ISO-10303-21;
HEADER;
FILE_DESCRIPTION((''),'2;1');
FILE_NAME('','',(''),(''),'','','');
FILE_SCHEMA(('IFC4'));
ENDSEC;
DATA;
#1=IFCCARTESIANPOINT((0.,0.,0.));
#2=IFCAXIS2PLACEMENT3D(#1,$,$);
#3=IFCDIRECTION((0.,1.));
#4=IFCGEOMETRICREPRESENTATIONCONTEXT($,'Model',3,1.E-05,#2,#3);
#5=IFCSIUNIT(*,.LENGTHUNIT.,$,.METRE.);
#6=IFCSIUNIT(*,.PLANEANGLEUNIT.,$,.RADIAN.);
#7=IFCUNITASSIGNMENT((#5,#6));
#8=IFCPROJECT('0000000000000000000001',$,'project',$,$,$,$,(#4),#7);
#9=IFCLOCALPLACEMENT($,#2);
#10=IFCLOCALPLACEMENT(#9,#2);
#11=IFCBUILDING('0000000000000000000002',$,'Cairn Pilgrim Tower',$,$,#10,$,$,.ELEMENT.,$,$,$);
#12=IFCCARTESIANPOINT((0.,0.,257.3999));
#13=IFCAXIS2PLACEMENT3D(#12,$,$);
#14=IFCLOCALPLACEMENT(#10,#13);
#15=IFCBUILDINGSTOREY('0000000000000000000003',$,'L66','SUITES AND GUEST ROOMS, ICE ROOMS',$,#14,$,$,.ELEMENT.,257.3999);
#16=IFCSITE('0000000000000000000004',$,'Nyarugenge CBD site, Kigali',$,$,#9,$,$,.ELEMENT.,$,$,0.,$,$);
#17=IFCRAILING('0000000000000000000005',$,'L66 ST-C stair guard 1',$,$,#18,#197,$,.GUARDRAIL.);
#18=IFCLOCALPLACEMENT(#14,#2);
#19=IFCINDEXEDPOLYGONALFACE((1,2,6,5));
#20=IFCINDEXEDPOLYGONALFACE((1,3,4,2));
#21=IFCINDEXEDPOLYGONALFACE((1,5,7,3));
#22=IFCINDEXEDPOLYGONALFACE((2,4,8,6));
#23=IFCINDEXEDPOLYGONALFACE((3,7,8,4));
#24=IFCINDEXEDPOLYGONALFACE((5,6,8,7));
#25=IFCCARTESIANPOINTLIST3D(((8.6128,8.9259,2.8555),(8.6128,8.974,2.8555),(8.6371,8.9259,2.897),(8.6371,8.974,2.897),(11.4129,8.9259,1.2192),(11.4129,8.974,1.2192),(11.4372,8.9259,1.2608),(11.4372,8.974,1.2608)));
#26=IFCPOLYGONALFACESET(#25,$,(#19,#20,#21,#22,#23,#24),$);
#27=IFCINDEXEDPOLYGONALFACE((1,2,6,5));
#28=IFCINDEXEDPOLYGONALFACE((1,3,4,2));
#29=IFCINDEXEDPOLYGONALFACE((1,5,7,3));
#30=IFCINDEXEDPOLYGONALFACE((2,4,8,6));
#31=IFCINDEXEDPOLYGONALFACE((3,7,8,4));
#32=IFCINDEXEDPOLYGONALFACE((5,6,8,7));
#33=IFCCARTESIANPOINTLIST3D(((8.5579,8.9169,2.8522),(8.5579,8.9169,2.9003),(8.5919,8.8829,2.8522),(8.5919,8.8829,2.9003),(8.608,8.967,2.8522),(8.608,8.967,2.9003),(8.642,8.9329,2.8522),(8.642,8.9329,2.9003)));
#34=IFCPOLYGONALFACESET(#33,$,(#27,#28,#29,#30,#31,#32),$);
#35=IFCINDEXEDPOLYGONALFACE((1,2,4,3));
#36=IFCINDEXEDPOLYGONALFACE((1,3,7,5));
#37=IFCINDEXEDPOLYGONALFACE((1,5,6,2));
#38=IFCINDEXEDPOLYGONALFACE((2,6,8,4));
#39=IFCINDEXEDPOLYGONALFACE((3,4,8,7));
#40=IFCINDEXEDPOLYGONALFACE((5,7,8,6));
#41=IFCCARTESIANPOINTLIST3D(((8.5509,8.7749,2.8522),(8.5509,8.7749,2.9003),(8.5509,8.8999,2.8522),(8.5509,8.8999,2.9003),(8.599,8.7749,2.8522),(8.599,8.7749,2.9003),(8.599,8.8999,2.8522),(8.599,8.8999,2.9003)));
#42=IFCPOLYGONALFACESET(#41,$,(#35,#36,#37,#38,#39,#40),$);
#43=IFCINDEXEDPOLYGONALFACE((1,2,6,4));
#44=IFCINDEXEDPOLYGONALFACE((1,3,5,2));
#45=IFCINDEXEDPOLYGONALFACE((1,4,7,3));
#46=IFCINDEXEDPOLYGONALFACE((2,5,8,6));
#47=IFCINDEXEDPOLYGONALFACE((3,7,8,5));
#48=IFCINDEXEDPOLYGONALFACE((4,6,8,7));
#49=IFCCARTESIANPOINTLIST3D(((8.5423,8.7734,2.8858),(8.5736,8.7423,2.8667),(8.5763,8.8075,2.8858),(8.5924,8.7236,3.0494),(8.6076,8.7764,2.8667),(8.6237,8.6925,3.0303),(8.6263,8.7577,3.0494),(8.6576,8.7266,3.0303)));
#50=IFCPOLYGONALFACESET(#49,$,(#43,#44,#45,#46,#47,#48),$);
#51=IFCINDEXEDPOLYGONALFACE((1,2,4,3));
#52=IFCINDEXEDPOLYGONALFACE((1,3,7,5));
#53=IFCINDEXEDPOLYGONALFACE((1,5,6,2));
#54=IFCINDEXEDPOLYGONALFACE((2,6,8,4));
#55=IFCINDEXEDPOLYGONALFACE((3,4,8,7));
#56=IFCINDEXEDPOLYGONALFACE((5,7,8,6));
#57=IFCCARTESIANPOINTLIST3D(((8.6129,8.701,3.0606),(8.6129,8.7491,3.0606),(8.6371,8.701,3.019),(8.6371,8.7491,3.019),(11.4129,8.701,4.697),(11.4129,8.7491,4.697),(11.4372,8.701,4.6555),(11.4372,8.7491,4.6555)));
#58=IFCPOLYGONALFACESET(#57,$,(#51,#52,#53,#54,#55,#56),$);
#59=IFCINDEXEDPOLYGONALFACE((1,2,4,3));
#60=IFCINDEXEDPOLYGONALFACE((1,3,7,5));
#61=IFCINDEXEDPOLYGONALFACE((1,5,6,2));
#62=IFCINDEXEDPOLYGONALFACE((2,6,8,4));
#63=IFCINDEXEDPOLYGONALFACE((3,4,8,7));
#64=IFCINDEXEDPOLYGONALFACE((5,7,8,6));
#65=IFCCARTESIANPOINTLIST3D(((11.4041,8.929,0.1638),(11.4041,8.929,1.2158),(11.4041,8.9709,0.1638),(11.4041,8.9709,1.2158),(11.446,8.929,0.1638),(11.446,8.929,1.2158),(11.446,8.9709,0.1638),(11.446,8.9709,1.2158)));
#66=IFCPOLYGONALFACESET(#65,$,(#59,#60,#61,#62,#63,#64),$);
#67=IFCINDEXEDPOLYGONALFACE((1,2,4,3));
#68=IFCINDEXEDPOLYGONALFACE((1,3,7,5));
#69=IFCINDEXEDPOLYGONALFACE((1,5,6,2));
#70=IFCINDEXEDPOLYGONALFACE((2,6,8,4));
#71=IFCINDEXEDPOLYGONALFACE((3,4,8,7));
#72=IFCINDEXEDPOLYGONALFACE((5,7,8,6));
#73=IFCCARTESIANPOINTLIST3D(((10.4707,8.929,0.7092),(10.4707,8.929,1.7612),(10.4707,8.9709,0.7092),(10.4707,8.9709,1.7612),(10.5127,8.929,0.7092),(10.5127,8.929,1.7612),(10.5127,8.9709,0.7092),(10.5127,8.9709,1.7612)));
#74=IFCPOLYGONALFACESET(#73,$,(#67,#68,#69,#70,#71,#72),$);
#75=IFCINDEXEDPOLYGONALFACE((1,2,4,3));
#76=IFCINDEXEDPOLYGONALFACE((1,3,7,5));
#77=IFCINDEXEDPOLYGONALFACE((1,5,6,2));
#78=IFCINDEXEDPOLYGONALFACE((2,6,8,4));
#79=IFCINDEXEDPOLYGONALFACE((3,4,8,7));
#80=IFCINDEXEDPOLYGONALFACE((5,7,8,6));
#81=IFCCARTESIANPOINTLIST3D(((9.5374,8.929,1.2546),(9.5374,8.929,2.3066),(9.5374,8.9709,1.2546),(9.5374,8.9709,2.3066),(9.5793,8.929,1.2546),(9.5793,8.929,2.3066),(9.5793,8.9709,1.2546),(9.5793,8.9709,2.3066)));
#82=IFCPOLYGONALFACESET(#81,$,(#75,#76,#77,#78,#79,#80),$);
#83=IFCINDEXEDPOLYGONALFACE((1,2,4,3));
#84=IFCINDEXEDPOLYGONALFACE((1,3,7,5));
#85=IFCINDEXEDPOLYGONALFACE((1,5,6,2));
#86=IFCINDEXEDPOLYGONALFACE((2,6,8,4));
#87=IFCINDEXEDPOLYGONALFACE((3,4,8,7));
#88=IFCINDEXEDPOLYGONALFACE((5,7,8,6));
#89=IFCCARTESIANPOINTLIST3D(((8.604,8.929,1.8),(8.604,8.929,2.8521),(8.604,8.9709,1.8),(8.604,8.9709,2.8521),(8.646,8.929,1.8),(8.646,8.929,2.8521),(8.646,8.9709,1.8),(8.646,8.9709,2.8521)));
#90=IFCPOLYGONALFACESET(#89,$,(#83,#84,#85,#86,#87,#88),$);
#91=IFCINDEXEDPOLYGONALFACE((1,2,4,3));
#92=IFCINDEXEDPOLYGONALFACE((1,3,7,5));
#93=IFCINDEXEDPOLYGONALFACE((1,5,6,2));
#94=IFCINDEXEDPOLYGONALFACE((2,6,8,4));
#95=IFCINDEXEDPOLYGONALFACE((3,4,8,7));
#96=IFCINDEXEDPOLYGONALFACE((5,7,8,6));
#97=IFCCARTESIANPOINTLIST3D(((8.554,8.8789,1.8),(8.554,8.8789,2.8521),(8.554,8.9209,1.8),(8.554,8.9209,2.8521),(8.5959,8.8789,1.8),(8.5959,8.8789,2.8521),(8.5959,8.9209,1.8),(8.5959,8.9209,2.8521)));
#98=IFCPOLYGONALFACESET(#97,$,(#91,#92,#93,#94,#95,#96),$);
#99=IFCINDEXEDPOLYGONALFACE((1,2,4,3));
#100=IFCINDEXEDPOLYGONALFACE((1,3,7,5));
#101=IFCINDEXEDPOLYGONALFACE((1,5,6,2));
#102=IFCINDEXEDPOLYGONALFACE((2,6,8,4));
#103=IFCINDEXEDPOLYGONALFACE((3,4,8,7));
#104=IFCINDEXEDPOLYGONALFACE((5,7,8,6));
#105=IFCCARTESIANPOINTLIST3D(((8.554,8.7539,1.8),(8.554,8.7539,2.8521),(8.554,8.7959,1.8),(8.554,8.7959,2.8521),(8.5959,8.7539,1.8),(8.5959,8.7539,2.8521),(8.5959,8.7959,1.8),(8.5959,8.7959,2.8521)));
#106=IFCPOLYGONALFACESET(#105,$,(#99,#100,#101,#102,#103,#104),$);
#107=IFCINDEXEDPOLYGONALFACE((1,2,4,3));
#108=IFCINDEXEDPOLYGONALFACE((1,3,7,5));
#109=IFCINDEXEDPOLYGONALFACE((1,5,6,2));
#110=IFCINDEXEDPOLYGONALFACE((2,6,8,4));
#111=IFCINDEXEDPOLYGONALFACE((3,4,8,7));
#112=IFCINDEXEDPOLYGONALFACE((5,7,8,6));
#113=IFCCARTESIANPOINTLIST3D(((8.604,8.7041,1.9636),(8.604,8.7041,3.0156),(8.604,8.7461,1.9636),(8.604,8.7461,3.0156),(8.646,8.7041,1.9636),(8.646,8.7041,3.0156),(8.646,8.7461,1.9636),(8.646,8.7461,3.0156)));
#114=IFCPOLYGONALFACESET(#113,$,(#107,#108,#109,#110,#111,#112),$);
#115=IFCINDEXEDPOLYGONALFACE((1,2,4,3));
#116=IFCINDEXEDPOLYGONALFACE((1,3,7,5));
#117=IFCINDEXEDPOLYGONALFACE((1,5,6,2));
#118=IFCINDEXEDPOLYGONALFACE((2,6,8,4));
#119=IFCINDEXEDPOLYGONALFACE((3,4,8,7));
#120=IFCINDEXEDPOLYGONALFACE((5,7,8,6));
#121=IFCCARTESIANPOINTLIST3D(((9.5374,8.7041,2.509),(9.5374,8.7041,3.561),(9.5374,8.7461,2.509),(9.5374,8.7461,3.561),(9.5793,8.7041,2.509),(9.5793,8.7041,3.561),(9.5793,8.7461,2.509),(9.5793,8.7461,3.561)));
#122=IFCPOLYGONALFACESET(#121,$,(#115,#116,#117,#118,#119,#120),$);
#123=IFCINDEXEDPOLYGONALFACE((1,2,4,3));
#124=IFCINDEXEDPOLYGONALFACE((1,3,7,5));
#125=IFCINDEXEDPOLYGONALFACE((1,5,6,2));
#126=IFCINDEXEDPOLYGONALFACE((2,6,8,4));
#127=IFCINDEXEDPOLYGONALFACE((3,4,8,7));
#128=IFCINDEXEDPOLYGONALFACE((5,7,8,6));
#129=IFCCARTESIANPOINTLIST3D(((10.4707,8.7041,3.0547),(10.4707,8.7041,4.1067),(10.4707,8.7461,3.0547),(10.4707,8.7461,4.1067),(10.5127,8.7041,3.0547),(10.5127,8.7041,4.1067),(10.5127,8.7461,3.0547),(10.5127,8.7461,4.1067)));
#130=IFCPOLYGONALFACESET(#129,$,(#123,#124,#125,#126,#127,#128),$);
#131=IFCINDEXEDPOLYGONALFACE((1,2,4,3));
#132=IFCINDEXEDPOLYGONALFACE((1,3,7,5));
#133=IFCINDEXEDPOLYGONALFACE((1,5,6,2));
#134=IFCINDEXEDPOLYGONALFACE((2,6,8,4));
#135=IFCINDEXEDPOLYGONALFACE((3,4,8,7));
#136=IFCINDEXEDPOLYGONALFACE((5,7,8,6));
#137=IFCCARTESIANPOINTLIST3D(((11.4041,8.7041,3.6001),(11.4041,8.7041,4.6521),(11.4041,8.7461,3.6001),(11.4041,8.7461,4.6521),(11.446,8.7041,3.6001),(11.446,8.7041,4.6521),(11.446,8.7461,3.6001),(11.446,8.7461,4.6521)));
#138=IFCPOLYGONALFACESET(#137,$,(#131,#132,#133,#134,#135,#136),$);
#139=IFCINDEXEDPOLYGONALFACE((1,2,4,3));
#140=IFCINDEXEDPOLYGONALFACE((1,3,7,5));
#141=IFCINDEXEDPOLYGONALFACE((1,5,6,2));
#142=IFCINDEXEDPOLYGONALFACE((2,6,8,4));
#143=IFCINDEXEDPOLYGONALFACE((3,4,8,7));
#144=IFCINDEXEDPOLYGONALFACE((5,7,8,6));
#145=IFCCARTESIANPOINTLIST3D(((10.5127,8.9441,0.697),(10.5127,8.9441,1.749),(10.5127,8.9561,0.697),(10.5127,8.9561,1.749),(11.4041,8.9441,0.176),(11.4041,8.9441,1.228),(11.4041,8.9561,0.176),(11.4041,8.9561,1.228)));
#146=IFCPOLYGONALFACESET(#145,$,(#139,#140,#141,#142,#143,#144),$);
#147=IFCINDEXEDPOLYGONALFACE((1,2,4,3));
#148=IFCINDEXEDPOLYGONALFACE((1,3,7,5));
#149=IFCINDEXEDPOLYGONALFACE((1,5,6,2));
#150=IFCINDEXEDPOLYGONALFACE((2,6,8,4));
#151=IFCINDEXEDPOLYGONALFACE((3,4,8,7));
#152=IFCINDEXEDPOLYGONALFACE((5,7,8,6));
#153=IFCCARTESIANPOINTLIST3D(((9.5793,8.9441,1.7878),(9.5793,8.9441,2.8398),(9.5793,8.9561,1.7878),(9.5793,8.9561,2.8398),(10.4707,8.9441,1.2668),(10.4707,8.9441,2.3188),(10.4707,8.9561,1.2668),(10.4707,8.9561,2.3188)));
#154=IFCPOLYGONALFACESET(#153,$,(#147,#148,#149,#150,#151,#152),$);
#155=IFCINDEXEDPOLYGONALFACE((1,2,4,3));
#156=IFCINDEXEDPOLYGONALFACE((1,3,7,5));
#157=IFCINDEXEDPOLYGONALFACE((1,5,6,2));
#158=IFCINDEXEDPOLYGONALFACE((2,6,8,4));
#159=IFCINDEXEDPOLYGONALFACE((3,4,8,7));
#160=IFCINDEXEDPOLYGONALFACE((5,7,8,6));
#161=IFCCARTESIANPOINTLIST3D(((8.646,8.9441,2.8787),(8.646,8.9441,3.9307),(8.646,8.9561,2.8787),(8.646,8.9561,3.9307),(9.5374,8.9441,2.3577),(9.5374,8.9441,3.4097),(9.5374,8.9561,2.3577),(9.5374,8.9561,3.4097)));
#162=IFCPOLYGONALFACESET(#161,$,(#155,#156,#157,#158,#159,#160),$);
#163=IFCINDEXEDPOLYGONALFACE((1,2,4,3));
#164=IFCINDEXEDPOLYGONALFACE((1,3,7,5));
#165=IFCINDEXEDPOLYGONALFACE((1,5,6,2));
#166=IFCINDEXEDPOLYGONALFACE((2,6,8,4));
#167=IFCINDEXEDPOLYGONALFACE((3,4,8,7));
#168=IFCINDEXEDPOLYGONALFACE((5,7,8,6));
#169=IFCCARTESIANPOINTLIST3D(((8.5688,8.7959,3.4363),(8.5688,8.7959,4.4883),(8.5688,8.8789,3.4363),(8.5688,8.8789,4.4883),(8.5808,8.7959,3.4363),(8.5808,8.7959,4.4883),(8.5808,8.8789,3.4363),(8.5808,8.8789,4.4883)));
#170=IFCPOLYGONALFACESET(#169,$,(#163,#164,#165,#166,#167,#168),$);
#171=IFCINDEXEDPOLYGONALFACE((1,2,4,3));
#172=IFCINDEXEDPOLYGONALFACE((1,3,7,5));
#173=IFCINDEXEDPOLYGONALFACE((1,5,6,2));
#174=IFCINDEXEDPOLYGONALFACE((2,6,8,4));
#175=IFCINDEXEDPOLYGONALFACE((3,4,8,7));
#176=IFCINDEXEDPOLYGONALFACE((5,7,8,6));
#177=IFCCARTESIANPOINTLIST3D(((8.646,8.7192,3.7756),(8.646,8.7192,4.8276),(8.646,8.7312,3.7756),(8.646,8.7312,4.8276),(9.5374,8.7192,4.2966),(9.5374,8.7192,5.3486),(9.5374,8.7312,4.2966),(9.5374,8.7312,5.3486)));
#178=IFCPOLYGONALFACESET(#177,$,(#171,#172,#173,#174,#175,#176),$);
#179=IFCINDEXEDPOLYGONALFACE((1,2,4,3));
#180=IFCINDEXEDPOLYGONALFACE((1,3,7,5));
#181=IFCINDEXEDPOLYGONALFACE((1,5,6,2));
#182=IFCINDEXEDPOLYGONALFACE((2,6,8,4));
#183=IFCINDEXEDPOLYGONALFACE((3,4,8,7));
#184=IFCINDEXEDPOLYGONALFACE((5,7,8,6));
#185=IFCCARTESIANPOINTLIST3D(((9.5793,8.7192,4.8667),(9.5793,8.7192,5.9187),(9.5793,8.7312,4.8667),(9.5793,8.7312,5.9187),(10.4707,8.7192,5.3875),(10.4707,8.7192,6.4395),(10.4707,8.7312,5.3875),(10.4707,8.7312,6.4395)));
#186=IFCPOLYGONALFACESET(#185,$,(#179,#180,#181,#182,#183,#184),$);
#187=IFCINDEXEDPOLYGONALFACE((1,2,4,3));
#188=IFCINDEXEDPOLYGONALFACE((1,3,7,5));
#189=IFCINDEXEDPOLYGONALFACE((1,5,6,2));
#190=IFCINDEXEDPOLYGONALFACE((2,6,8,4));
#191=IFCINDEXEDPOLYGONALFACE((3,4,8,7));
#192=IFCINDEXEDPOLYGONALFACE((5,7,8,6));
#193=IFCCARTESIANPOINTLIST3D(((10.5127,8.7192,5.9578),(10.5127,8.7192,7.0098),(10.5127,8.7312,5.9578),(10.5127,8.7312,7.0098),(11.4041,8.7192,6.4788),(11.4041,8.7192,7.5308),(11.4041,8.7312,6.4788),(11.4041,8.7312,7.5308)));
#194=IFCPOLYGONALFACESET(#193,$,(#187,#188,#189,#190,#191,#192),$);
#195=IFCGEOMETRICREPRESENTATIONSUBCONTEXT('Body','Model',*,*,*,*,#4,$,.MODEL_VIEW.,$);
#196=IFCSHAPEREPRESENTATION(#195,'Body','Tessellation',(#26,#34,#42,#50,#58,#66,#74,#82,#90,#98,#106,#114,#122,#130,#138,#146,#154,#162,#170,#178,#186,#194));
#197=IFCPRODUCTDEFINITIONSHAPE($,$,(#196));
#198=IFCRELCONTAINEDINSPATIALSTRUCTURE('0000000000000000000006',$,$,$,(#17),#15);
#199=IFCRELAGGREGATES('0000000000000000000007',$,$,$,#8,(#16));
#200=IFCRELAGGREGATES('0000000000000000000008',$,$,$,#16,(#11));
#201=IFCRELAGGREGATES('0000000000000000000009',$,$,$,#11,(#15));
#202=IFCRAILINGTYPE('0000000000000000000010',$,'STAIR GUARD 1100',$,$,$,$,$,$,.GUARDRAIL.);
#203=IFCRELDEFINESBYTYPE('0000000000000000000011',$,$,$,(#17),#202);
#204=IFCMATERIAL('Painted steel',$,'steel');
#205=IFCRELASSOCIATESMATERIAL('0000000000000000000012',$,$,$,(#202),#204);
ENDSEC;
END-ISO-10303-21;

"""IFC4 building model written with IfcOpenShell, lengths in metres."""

from ifc_helpers import new_model, si_unit, direction, frame, origin, origin_2d, place, context, subcontext, project, spatial, polyline, rectangle, outline, extrude, material, type_object, element, save


model = new_model("IFC4")

# Units and contexts
model_context = context("Model", 3, precision=1e-05, world=origin(), true_north=direction((0.0, 1.0)))
body_context = subcontext(model_context, "Body", "Model", "MODEL_VIEW")
ifc_project = project(units=[si_unit("LENGTHUNIT", "METRE"), si_unit("PLANEANGLEUNIT", "RADIAN")], contexts=[model_context])

# Site, building, storey
site_placement = place(None, origin())
site = spatial("IfcSite", under=ifc_project, at=site_placement, Name="Nyarugenge CBD site, Kigali", CompositionType="ELEMENT", RefElevation=0.0)
building_placement = place(site_placement, origin())
building = spatial("IfcBuilding", under=site, at=building_placement, Name="Cairn Pilgrim Tower", CompositionType="ELEMENT")
storey_placement = place(building_placement, frame((0.0, 0.0, 257.3999)))
storey = spatial("IfcBuildingStorey", under=building, at=storey_placement, Name="L66", Description="SUITES AND GUEST ROOMS, ICE ROOMS", CompositionType="ELEMENT", Elevation=257.3999)

# Shared definitions
ifc_material_1 = material(Name="Painted steel", Category="steel")

# Railing
railing_type_1 = type_object("IfcRailingType", Name="STAIR GUARD 1100", PredefinedType="GUARDRAIL", material=ifc_material_1)
railing_1_placement = place(storey_placement, frame((11.425, 8.95, 0.1638)))
element("IfcRailing", 1, at=railing_1_placement, inside=storey, type_object=railing_type_1, Name="L66 ST-C stair guard 1", PredefinedType="GUARDRAIL", context=body_context, shape_type="SweptSolid", body=[
    extrude(rectangle(XDim=0.0481, YDim=0.0481, at=origin_2d()), frame((0.0, 0.0, 1.0762), z_axis=(-0.863394, 0.0, 0.504531), x_axis=(0.0, -1.0, 0.0)), (0.0, 0.0, 1.0), 3.2432),
    extrude(rectangle(XDim=0.0481, YDim=0.0481, at=origin_2d()), frame((-2.8, 0.0, 2.7124), z_axis=(-0.707107, -0.707107, 0.0), x_axis=(0.707107, -0.707107, 0.0)), (0.0, 0.0, 1.0), 0.0708),
    extrude(rectangle(XDim=0.0481, YDim=0.0481, at=origin_2d()), frame((-2.8501, -0.05, 2.7124), z_axis=(0.0, -1.0, 0.0), x_axis=(1.0, 0.0, 0.0)), (0.0, 0.0, 1.0), 0.125),
    extrude(rectangle(XDim=0.0481, YDim=0.0481, at=origin_2d()), frame((-2.8501, -0.175, 2.7124), z_axis=(0.280917, -0.279546, 0.918118), x_axis=(0.705376, 0.708834, 0.0)), (0.0, 0.0, 1.0), 0.1782),
    extrude(rectangle(XDim=0.0481, YDim=0.0481, at=origin_2d()), frame((-2.8, -0.2249, 2.876), z_axis=(0.863361, 0.0, 0.504587), x_axis=(0.0, 1.0, 0.0)), (0.0, 0.0, 1.0), 3.2432),
    extrude(rectangle(XDim=0.042, YDim=0.042, at=origin_2d()), origin(), (0.0, 0.0, 1.0), 1.052),
    extrude(rectangle(XDim=0.042, YDim=0.042, at=origin_2d()), frame((-0.9333, 0.0, 0.5454)), (0.0, 0.0, 1.0), 1.052),
    extrude(rectangle(XDim=0.042, YDim=0.042, at=origin_2d()), frame((-1.8667, 0.0, 1.0908)), (0.0, 0.0, 1.0), 1.052),
    extrude(rectangle(XDim=0.042, YDim=0.042, at=origin_2d()), frame((-2.8, 0.0, 1.6362)), (0.0, 0.0, 1.0), 1.052),
    extrude(rectangle(XDim=0.042, YDim=0.042, at=origin_2d()), frame((-2.8501, -0.05, 1.6362)), (0.0, 0.0, 1.0), 1.052),
    extrude(rectangle(XDim=0.042, YDim=0.042, at=origin_2d()), frame((-2.8501, -0.175, 1.6362)), (0.0, 0.0, 1.0), 1.052),
    extrude(rectangle(XDim=0.042, YDim=0.042, at=origin_2d()), frame((-2.8, -0.2249, 1.7998)), (0.0, 0.0, 1.0), 1.052),
    extrude(rectangle(XDim=0.042, YDim=0.042, at=origin_2d()), frame((-1.8667, -0.2249, 2.3452)), (0.0, 0.0, 1.0), 1.052),
    extrude(rectangle(XDim=0.042, YDim=0.042, at=origin_2d()), frame((-0.9333, -0.2249, 2.8909)), (0.0, 0.0, 1.0), 1.052),
    extrude(rectangle(XDim=0.042, YDim=0.042, at=origin_2d()), frame((0.0, -0.2249, 3.4363)), (0.0, 0.0, 1.0), 1.052),
    extrude(outline(polyline([(0.021, 0.0122), (0.9124, 0.5332), (0.9124, 1.5852), (0.021, 1.0642), (0.021, 0.0122)])), frame((0.0, -0.0059, 0.0), z_axis=(0.0, 1.0, 0.0), x_axis=(-1.0, 0.0, 0.0)), (0.0, 0.0, 1.0), 0.012),
    extrude(outline(polyline([(0.021, 0.5576), (0.9124, 1.0786), (0.9124, 2.1306), (0.021, 1.6096), (0.021, 0.5576)])), frame((-0.9333, -0.0059, 0.5454), z_axis=(0.0, 1.0, 0.0), x_axis=(-1.0, 0.0, 0.0)), (0.0, 0.0, 1.0), 0.012),
    extrude(outline(polyline([(0.021, 1.103), (0.9124, 1.624), (0.9124, 2.676), (0.021, 2.155), (0.021, 1.103)])), frame((-1.8667, -0.0059, 1.0908), z_axis=(0.0, 1.0, 0.0), x_axis=(-1.0, 0.0, 0.0)), (0.0, 0.0, 1.0), 0.012),
    extrude(outline(polyline([(0.021, 1.6362), (0.104, 1.6362), (0.104, 2.6882), (0.021, 2.6882), (0.021, 1.6362)])), frame((-2.8442, -0.05, 1.6362), z_axis=(-1.0, 0.0, 0.0), x_axis=(0.0, -1.0, 0.0)), (0.0, 0.0, 1.0), 0.012),
    extrude(outline(polyline([(0.021, 1.812), (0.9124, 2.333), (0.9124, 3.385), (0.021, 2.864), (0.021, 1.812)])), frame((-2.8, -0.2188, 1.7998), z_axis=(0.0, -1.0, 0.0), x_axis=(1.0, 0.0, 0.0)), (0.0, 0.0, 1.0), 0.012),
    extrude(outline(polyline([(0.021, 2.3577), (0.9124, 2.8784), (0.9124, 3.9304), (0.021, 3.4097), (0.021, 2.3577)])), frame((-1.8667, -0.2188, 2.3452), z_axis=(0.0, -1.0, 0.0), x_axis=(1.0, 0.0, 0.0)), (0.0, 0.0, 1.0), 0.012),
    extrude(outline(polyline([(0.021, 2.9031), (0.9124, 3.4241), (0.9124, 4.4761), (0.021, 3.9551), (0.021, 2.9031)])), frame((-0.9333, -0.2188, 2.8909), z_axis=(0.0, -1.0, 0.0), x_axis=(1.0, 0.0, 0.0)), (0.0, 0.0, 1.0), 0.012),
])

save(model, "model.ifc")
